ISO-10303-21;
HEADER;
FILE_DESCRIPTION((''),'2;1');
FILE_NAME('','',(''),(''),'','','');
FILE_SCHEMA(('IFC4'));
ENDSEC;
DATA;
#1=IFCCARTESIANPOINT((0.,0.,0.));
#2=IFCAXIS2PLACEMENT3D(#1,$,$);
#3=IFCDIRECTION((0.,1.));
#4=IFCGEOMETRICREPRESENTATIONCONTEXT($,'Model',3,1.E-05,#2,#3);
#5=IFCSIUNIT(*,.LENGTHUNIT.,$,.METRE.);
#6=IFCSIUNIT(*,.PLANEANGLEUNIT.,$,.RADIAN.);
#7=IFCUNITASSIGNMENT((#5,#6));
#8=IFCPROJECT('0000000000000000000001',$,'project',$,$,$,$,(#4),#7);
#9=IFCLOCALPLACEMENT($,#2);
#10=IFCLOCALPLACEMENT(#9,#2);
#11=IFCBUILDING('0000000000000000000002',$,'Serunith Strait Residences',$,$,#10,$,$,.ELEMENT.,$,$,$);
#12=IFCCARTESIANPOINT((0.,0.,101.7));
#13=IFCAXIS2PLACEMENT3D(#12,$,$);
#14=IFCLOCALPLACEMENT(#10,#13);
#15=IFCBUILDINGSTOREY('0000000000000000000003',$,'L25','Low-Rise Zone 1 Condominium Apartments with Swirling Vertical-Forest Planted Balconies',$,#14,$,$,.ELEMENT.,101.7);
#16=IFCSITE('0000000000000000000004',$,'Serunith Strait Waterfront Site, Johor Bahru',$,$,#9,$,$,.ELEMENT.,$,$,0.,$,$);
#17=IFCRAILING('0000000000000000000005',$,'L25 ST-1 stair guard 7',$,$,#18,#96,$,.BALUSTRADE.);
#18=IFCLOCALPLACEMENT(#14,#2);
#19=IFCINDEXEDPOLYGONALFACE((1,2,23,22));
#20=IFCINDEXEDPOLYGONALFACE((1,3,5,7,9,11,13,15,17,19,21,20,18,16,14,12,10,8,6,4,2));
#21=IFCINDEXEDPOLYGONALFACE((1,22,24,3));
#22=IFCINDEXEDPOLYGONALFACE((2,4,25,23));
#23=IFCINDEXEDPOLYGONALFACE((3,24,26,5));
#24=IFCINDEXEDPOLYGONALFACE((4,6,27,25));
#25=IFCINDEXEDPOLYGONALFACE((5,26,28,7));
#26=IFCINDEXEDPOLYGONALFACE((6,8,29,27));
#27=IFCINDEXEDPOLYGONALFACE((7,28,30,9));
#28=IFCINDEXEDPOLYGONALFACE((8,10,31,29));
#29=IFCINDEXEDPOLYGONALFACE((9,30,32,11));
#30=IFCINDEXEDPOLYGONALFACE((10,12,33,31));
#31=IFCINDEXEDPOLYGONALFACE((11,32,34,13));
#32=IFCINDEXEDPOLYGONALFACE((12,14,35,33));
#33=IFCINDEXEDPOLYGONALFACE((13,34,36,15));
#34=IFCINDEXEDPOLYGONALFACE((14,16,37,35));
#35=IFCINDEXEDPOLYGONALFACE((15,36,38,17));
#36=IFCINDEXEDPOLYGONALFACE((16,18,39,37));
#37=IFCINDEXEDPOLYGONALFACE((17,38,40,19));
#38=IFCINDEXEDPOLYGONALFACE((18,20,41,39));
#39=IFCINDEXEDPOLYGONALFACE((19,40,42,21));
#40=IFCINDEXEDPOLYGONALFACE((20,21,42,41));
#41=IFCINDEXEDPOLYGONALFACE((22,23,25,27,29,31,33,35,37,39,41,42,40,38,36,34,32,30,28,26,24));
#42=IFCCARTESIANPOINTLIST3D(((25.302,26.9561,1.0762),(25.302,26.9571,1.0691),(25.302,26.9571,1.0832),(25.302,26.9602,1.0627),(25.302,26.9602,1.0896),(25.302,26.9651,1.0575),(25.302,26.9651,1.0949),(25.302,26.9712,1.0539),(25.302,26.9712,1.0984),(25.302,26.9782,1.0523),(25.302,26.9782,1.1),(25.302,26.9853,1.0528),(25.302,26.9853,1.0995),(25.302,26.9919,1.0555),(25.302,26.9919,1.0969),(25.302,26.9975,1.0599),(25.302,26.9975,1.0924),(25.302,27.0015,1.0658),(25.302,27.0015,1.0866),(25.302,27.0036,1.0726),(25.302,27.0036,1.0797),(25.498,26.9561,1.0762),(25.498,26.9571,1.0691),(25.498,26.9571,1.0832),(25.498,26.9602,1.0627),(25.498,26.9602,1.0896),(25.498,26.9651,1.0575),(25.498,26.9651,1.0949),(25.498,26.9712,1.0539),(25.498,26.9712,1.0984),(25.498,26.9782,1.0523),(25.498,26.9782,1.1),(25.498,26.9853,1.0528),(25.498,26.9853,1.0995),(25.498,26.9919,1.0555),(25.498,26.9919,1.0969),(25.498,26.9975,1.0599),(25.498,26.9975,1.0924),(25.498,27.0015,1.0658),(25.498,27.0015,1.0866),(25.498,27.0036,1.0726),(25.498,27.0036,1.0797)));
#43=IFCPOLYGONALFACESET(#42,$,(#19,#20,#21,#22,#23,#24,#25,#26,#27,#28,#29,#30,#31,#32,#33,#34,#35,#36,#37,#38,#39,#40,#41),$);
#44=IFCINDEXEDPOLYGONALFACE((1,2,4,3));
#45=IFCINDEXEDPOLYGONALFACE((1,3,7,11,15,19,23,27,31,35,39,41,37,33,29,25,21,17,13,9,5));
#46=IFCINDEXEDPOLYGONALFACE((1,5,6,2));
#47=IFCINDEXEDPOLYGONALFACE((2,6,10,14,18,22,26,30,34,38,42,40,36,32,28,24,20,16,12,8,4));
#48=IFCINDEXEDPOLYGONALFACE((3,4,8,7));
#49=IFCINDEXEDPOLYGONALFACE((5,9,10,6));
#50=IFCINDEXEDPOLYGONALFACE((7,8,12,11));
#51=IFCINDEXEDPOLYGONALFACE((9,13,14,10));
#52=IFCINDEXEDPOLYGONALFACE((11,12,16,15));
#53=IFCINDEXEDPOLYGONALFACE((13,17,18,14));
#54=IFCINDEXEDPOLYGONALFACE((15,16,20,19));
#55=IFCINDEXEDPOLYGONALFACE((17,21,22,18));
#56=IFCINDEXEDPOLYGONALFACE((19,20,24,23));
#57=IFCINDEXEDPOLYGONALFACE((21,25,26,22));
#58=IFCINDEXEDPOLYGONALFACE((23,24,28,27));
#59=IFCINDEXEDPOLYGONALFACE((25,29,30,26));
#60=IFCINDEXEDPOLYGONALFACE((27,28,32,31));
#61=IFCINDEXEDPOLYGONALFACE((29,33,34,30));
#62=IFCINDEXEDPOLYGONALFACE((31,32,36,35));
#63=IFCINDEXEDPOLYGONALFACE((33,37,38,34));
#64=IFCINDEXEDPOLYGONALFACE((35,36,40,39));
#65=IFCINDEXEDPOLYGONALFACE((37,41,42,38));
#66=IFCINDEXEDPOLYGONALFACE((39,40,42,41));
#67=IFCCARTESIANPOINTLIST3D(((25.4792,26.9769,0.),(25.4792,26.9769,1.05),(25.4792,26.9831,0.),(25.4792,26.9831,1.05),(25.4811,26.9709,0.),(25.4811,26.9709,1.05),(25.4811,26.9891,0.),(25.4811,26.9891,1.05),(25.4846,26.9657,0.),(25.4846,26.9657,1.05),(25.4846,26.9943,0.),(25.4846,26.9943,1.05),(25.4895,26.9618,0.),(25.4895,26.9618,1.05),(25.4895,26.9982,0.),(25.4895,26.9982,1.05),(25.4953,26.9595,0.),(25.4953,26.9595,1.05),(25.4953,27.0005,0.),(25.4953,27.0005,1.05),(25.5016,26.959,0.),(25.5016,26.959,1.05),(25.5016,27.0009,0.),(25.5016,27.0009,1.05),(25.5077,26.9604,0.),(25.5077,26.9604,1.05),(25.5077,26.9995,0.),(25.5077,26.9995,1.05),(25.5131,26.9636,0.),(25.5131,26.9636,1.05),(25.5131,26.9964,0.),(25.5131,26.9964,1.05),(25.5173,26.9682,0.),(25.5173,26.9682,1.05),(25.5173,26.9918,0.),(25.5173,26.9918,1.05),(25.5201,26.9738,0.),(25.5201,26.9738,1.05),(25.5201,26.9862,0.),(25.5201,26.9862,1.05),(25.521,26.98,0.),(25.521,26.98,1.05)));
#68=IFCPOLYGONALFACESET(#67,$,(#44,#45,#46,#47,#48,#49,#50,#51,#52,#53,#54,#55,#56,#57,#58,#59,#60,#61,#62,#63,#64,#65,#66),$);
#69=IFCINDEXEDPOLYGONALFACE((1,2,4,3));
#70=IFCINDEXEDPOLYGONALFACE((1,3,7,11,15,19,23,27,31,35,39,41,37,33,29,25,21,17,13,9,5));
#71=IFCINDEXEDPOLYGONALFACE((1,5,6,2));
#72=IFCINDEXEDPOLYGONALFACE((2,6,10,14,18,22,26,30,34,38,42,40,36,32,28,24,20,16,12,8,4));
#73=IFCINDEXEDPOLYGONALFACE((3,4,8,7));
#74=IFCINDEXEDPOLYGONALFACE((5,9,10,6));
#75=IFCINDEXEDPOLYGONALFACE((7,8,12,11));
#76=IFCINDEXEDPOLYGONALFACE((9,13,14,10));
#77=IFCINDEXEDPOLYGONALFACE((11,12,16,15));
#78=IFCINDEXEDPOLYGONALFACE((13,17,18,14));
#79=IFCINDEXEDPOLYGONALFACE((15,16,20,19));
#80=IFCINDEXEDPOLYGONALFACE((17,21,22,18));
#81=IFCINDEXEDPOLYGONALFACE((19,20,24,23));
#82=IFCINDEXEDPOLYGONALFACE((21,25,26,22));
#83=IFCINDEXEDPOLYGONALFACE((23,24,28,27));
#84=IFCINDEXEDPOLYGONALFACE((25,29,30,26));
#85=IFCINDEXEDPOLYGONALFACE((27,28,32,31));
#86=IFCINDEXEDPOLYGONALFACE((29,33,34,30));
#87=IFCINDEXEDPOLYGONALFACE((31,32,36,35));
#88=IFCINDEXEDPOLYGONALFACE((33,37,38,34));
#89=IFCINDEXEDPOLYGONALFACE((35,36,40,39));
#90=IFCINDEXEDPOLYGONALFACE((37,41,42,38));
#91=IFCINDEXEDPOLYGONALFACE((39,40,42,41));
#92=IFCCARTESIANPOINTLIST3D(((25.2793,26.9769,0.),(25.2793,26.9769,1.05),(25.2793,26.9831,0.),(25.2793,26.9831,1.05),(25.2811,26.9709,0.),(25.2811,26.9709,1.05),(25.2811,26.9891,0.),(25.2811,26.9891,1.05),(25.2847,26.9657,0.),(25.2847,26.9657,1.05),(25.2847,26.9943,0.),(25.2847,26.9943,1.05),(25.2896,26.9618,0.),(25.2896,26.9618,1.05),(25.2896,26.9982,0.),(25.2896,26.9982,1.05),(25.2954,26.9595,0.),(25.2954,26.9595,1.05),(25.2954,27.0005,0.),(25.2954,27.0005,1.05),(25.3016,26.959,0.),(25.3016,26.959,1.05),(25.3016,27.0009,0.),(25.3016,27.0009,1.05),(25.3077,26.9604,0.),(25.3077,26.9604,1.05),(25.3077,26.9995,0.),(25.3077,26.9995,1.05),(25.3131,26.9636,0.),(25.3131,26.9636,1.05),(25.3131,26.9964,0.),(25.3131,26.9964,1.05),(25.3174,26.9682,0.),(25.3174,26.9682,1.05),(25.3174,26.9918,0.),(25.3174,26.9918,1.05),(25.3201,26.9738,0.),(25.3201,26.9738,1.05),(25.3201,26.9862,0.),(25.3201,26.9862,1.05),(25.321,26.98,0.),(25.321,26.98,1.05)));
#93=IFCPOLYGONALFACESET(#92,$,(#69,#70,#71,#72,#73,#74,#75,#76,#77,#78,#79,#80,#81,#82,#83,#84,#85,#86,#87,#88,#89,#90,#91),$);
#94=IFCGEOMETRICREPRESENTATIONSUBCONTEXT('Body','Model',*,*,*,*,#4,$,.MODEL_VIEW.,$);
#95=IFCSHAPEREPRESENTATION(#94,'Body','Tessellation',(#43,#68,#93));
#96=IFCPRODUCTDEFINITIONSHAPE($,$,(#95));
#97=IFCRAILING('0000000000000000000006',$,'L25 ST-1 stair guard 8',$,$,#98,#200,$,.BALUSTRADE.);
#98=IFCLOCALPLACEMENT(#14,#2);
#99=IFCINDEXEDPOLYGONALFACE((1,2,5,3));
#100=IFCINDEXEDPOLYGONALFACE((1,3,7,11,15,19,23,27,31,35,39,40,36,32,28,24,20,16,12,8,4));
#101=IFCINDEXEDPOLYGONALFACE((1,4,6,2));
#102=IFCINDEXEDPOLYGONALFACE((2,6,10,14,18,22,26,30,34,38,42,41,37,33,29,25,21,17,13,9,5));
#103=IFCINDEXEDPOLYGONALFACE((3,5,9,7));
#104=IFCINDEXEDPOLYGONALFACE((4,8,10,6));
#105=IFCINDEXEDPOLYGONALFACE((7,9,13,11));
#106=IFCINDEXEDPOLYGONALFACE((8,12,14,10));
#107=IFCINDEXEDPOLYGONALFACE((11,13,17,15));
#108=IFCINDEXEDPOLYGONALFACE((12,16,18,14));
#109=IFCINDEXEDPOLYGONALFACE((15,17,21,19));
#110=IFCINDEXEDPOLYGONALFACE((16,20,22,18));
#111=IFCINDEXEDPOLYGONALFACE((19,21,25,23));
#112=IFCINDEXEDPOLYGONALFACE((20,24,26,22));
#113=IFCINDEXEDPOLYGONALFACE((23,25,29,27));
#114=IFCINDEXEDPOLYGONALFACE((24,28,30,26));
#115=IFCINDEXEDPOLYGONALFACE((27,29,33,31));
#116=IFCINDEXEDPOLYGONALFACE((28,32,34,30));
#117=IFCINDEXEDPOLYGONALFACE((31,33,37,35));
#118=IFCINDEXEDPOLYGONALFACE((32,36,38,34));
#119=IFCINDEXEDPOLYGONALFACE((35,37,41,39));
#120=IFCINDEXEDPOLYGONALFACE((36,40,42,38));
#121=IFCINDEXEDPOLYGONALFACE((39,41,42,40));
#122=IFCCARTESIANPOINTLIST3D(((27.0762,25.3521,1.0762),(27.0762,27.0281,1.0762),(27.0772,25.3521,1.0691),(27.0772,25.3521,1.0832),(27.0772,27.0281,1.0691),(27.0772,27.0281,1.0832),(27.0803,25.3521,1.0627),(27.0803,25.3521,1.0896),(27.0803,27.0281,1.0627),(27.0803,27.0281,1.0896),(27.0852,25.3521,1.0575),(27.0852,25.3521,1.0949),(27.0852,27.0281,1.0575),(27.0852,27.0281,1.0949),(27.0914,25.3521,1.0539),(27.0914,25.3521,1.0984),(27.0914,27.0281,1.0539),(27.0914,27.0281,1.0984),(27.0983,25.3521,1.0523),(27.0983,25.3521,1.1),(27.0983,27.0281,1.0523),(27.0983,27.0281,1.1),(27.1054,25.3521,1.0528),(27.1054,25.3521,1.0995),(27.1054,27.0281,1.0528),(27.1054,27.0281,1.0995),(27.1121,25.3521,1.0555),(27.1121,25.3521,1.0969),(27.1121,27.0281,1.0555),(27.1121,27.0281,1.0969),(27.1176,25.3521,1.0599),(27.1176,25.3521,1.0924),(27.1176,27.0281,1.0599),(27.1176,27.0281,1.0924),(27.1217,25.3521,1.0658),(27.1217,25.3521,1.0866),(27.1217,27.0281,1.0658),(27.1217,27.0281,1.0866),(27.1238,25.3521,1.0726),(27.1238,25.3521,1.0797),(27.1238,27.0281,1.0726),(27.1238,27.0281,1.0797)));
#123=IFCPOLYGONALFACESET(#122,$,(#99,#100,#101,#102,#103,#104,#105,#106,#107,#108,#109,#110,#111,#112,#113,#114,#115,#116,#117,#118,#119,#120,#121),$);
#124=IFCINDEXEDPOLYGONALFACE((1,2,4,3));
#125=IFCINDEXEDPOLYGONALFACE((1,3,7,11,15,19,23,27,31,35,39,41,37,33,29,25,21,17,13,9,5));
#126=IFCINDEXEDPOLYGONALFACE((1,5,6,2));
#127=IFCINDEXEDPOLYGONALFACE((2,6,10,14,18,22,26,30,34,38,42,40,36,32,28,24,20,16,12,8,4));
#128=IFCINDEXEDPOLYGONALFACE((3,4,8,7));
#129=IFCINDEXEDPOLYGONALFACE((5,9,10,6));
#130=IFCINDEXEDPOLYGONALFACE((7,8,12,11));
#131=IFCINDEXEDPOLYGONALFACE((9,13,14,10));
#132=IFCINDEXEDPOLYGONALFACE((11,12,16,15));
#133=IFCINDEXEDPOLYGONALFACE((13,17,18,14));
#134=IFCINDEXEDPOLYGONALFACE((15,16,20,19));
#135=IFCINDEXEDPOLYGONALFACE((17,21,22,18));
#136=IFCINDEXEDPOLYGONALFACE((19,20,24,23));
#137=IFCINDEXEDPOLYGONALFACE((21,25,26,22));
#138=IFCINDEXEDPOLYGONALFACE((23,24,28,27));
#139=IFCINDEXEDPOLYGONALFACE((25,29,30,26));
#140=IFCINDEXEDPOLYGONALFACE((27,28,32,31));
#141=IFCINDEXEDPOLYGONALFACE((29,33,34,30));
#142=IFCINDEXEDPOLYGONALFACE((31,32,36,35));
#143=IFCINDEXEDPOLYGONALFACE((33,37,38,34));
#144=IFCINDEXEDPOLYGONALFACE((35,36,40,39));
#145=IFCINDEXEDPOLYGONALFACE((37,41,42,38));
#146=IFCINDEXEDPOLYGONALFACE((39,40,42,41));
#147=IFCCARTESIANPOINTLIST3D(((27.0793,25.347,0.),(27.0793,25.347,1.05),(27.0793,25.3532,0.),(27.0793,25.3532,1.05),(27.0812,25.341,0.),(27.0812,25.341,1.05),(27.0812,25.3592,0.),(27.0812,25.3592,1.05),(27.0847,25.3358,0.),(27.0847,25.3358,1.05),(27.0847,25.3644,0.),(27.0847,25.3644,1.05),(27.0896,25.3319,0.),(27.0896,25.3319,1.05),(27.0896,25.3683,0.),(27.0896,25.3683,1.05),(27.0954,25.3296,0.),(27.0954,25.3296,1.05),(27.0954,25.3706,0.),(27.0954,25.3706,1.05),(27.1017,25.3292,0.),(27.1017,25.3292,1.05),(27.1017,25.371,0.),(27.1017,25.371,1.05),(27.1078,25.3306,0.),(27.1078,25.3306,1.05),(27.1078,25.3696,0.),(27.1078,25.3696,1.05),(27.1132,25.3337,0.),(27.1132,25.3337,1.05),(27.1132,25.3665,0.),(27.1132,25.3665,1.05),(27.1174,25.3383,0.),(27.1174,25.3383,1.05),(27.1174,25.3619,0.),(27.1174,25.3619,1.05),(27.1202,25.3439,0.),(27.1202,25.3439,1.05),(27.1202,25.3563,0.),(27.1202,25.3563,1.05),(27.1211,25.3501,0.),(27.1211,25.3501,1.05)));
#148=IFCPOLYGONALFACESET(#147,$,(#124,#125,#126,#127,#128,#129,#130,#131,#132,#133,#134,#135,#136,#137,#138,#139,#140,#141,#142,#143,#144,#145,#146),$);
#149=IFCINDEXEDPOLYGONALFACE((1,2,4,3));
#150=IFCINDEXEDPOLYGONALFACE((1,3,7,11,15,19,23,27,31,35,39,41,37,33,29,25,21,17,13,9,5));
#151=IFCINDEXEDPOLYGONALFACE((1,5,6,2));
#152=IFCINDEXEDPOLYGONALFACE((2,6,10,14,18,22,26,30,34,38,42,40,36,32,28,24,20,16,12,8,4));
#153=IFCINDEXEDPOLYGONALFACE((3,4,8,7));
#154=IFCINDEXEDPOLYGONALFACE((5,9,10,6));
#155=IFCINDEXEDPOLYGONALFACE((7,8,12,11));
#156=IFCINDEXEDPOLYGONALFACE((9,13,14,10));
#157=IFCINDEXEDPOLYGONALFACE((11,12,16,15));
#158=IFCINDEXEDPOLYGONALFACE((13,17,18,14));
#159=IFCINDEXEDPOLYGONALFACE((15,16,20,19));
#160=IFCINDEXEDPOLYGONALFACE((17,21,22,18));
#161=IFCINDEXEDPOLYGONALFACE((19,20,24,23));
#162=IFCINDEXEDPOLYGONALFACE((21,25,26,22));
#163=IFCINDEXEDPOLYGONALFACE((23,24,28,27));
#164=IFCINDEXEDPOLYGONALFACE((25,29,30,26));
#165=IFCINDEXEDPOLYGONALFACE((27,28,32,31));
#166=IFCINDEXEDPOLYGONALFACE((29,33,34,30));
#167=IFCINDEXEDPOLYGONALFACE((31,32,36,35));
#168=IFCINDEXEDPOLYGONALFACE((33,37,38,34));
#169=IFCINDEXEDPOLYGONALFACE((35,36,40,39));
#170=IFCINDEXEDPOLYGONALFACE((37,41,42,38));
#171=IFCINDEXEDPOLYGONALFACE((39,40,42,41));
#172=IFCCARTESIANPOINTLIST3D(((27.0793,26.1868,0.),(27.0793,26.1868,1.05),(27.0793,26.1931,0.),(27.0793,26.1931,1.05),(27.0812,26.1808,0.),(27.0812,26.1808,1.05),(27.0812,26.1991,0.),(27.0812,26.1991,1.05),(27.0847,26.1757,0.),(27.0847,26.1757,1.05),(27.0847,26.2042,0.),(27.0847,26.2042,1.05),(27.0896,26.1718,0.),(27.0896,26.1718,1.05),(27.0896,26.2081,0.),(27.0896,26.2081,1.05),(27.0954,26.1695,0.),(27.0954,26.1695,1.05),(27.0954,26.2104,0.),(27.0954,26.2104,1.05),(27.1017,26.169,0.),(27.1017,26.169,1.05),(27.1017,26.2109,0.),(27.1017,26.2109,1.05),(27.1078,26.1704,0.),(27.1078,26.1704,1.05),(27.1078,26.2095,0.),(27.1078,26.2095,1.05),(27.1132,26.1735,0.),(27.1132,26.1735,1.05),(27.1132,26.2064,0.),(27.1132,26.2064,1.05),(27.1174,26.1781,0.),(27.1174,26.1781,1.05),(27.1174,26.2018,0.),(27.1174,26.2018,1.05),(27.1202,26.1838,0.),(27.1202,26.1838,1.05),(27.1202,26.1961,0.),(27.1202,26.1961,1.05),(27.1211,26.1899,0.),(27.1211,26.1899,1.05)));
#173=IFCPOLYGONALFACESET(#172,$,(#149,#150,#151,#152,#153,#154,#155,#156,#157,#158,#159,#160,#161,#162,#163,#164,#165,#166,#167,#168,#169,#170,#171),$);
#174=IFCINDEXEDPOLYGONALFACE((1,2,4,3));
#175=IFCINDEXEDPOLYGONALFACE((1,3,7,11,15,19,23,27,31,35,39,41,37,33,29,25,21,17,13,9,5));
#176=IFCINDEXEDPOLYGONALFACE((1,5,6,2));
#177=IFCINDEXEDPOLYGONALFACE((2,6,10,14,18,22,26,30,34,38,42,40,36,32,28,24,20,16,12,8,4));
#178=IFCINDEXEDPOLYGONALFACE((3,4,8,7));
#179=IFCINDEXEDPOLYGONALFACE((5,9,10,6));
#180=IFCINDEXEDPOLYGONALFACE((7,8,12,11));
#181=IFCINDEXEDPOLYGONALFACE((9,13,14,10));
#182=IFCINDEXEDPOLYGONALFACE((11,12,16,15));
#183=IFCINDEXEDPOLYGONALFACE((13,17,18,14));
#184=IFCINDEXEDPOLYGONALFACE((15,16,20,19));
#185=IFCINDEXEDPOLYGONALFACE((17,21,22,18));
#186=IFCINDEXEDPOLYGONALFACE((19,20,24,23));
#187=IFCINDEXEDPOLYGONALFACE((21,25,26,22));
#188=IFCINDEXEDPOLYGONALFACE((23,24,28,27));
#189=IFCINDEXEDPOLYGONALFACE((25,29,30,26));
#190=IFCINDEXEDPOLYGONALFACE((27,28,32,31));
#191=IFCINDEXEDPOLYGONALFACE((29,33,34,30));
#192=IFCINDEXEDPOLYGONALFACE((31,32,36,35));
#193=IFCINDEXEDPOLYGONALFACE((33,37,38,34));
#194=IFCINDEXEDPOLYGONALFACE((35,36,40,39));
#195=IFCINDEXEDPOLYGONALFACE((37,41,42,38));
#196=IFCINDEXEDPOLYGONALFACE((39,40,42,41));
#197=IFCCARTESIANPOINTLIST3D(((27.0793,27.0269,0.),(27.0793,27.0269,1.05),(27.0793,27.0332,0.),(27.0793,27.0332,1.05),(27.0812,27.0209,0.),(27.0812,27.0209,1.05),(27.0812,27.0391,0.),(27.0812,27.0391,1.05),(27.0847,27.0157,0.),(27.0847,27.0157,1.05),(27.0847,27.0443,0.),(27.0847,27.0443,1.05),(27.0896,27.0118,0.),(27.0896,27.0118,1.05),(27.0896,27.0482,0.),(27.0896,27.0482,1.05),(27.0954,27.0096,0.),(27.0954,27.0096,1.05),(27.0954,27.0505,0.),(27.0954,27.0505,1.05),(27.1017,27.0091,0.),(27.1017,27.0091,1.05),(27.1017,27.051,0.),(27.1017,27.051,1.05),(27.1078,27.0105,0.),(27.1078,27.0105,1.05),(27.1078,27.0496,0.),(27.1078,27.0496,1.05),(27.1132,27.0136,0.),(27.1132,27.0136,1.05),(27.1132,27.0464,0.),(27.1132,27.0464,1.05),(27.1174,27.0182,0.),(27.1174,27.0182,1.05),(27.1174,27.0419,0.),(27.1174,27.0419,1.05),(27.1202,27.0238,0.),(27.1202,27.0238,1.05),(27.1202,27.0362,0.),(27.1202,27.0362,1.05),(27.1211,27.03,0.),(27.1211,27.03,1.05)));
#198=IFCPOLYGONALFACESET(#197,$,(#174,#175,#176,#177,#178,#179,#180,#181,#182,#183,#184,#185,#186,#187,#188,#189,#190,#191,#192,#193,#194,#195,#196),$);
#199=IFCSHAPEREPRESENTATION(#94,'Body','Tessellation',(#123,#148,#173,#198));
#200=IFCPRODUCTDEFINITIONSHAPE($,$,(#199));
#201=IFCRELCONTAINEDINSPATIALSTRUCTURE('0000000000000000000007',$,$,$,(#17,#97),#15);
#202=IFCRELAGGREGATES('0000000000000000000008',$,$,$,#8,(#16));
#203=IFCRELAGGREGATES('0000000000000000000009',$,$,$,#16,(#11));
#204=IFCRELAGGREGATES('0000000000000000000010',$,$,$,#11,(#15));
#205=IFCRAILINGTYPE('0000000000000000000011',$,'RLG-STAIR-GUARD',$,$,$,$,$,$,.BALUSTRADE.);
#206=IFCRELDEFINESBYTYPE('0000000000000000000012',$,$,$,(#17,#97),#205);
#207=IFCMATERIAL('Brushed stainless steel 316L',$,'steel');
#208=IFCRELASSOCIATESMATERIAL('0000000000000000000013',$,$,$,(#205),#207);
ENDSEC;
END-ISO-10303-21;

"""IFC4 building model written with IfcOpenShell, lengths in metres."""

from ifc_helpers import new_model, si_unit, direction, frame, origin, origin_2d, place, context, subcontext, project, spatial, circle, extrude, material, type_object, element, save


model = new_model("IFC4")

# Units and contexts
model_context = context("Model", 3, precision=1e-05, world=origin(), true_north=direction((0.0, 1.0)))
body_context = subcontext(model_context, "Body", "Model", "MODEL_VIEW")
ifc_project = project(units=[si_unit("LENGTHUNIT", "METRE"), si_unit("PLANEANGLEUNIT", "RADIAN")], contexts=[model_context])

# Site, building, storey
site_placement = place(None, origin())
site = spatial("IfcSite", under=ifc_project, at=site_placement, Name="Serunith Strait Waterfront Site, Johor Bahru", CompositionType="ELEMENT", RefElevation=0.0)
building_placement = place(site_placement, origin())
building = spatial("IfcBuilding", under=site, at=building_placement, Name="Serunith Strait Residences", CompositionType="ELEMENT")
storey_placement = place(building_placement, frame((0.0, 0.0, 101.7)))
storey = spatial("IfcBuildingStorey", under=building, at=storey_placement, Name="L25", Description="Low-Rise Zone 1 Condominium Apartments with Swirling Vertical-Forest Planted Balconies", CompositionType="ELEMENT", Elevation=101.7)

# Railings
ifc_material_1 = material(Name="Brushed stainless steel 316L", Category="steel")
railing_type_1 = type_object("IfcRailingType", Name="RLG-STAIR-GUARD", PredefinedType="BALUSTRADE", material=ifc_material_1)
railing_1_placement = place(storey_placement, frame((25.5, 26.98, 0.0)))
element("IfcRailing", 1, at=railing_1_placement, inside=storey, type_object=railing_type_1, Name="L25 ST-1 stair guard 7", PredefinedType="BALUSTRADE", context=body_context, shape_type="SweptSolid", body=[
    extrude(circle(Radius=0.0239, at=origin_2d()), frame((-0.002, 0.0, 1.0762), z_axis=(-1.0, 0.0, 0.0), x_axis=(0.0, -1.0, 0.0)), (0.0, 0.0, 1.0), 0.196),
    extrude(circle(Radius=0.021, at=origin_2d()), origin(), (0.0, 0.0, 1.0), 1.05),
    extrude(circle(Radius=0.021, at=origin_2d()), frame((-0.2, 0.0, 0.0)), (0.0, 0.0, 1.0), 1.05),
])
for number, where, name in (
    (2, (27.1001, 25.3501, 0.0), "L25 ST-1 stair guard 8"),
):
    element("IfcRailing", number, at=place(storey_placement, frame(where)), inside=storey, type_object=railing_type_1, Name=name, PredefinedType="BALUSTRADE", context=body_context, shape_type="SweptSolid", body=[
        extrude(circle(Radius=0.0239, at=origin_2d()), frame((0.0, 0.002, 1.0762), z_axis=(0.0, 1.0, 0.0), x_axis=(-1.0, 0.0, 0.0)), (0.0, 0.0, 1.0), 1.676),
        extrude(circle(Radius=0.021, at=origin_2d()), origin(), (0.0, 0.0, 1.0), 1.05),
        extrude(circle(Radius=0.021, at=origin_2d()), frame((0.0, 0.8398, 0.0)), (0.0, 0.0, 1.0), 1.05),
        extrude(circle(Radius=0.021, at=origin_2d()), frame((0.0, 1.6799, 0.0)), (0.0, 0.0, 1.0), 1.05),
    ])

save(model, "model.ifc")
